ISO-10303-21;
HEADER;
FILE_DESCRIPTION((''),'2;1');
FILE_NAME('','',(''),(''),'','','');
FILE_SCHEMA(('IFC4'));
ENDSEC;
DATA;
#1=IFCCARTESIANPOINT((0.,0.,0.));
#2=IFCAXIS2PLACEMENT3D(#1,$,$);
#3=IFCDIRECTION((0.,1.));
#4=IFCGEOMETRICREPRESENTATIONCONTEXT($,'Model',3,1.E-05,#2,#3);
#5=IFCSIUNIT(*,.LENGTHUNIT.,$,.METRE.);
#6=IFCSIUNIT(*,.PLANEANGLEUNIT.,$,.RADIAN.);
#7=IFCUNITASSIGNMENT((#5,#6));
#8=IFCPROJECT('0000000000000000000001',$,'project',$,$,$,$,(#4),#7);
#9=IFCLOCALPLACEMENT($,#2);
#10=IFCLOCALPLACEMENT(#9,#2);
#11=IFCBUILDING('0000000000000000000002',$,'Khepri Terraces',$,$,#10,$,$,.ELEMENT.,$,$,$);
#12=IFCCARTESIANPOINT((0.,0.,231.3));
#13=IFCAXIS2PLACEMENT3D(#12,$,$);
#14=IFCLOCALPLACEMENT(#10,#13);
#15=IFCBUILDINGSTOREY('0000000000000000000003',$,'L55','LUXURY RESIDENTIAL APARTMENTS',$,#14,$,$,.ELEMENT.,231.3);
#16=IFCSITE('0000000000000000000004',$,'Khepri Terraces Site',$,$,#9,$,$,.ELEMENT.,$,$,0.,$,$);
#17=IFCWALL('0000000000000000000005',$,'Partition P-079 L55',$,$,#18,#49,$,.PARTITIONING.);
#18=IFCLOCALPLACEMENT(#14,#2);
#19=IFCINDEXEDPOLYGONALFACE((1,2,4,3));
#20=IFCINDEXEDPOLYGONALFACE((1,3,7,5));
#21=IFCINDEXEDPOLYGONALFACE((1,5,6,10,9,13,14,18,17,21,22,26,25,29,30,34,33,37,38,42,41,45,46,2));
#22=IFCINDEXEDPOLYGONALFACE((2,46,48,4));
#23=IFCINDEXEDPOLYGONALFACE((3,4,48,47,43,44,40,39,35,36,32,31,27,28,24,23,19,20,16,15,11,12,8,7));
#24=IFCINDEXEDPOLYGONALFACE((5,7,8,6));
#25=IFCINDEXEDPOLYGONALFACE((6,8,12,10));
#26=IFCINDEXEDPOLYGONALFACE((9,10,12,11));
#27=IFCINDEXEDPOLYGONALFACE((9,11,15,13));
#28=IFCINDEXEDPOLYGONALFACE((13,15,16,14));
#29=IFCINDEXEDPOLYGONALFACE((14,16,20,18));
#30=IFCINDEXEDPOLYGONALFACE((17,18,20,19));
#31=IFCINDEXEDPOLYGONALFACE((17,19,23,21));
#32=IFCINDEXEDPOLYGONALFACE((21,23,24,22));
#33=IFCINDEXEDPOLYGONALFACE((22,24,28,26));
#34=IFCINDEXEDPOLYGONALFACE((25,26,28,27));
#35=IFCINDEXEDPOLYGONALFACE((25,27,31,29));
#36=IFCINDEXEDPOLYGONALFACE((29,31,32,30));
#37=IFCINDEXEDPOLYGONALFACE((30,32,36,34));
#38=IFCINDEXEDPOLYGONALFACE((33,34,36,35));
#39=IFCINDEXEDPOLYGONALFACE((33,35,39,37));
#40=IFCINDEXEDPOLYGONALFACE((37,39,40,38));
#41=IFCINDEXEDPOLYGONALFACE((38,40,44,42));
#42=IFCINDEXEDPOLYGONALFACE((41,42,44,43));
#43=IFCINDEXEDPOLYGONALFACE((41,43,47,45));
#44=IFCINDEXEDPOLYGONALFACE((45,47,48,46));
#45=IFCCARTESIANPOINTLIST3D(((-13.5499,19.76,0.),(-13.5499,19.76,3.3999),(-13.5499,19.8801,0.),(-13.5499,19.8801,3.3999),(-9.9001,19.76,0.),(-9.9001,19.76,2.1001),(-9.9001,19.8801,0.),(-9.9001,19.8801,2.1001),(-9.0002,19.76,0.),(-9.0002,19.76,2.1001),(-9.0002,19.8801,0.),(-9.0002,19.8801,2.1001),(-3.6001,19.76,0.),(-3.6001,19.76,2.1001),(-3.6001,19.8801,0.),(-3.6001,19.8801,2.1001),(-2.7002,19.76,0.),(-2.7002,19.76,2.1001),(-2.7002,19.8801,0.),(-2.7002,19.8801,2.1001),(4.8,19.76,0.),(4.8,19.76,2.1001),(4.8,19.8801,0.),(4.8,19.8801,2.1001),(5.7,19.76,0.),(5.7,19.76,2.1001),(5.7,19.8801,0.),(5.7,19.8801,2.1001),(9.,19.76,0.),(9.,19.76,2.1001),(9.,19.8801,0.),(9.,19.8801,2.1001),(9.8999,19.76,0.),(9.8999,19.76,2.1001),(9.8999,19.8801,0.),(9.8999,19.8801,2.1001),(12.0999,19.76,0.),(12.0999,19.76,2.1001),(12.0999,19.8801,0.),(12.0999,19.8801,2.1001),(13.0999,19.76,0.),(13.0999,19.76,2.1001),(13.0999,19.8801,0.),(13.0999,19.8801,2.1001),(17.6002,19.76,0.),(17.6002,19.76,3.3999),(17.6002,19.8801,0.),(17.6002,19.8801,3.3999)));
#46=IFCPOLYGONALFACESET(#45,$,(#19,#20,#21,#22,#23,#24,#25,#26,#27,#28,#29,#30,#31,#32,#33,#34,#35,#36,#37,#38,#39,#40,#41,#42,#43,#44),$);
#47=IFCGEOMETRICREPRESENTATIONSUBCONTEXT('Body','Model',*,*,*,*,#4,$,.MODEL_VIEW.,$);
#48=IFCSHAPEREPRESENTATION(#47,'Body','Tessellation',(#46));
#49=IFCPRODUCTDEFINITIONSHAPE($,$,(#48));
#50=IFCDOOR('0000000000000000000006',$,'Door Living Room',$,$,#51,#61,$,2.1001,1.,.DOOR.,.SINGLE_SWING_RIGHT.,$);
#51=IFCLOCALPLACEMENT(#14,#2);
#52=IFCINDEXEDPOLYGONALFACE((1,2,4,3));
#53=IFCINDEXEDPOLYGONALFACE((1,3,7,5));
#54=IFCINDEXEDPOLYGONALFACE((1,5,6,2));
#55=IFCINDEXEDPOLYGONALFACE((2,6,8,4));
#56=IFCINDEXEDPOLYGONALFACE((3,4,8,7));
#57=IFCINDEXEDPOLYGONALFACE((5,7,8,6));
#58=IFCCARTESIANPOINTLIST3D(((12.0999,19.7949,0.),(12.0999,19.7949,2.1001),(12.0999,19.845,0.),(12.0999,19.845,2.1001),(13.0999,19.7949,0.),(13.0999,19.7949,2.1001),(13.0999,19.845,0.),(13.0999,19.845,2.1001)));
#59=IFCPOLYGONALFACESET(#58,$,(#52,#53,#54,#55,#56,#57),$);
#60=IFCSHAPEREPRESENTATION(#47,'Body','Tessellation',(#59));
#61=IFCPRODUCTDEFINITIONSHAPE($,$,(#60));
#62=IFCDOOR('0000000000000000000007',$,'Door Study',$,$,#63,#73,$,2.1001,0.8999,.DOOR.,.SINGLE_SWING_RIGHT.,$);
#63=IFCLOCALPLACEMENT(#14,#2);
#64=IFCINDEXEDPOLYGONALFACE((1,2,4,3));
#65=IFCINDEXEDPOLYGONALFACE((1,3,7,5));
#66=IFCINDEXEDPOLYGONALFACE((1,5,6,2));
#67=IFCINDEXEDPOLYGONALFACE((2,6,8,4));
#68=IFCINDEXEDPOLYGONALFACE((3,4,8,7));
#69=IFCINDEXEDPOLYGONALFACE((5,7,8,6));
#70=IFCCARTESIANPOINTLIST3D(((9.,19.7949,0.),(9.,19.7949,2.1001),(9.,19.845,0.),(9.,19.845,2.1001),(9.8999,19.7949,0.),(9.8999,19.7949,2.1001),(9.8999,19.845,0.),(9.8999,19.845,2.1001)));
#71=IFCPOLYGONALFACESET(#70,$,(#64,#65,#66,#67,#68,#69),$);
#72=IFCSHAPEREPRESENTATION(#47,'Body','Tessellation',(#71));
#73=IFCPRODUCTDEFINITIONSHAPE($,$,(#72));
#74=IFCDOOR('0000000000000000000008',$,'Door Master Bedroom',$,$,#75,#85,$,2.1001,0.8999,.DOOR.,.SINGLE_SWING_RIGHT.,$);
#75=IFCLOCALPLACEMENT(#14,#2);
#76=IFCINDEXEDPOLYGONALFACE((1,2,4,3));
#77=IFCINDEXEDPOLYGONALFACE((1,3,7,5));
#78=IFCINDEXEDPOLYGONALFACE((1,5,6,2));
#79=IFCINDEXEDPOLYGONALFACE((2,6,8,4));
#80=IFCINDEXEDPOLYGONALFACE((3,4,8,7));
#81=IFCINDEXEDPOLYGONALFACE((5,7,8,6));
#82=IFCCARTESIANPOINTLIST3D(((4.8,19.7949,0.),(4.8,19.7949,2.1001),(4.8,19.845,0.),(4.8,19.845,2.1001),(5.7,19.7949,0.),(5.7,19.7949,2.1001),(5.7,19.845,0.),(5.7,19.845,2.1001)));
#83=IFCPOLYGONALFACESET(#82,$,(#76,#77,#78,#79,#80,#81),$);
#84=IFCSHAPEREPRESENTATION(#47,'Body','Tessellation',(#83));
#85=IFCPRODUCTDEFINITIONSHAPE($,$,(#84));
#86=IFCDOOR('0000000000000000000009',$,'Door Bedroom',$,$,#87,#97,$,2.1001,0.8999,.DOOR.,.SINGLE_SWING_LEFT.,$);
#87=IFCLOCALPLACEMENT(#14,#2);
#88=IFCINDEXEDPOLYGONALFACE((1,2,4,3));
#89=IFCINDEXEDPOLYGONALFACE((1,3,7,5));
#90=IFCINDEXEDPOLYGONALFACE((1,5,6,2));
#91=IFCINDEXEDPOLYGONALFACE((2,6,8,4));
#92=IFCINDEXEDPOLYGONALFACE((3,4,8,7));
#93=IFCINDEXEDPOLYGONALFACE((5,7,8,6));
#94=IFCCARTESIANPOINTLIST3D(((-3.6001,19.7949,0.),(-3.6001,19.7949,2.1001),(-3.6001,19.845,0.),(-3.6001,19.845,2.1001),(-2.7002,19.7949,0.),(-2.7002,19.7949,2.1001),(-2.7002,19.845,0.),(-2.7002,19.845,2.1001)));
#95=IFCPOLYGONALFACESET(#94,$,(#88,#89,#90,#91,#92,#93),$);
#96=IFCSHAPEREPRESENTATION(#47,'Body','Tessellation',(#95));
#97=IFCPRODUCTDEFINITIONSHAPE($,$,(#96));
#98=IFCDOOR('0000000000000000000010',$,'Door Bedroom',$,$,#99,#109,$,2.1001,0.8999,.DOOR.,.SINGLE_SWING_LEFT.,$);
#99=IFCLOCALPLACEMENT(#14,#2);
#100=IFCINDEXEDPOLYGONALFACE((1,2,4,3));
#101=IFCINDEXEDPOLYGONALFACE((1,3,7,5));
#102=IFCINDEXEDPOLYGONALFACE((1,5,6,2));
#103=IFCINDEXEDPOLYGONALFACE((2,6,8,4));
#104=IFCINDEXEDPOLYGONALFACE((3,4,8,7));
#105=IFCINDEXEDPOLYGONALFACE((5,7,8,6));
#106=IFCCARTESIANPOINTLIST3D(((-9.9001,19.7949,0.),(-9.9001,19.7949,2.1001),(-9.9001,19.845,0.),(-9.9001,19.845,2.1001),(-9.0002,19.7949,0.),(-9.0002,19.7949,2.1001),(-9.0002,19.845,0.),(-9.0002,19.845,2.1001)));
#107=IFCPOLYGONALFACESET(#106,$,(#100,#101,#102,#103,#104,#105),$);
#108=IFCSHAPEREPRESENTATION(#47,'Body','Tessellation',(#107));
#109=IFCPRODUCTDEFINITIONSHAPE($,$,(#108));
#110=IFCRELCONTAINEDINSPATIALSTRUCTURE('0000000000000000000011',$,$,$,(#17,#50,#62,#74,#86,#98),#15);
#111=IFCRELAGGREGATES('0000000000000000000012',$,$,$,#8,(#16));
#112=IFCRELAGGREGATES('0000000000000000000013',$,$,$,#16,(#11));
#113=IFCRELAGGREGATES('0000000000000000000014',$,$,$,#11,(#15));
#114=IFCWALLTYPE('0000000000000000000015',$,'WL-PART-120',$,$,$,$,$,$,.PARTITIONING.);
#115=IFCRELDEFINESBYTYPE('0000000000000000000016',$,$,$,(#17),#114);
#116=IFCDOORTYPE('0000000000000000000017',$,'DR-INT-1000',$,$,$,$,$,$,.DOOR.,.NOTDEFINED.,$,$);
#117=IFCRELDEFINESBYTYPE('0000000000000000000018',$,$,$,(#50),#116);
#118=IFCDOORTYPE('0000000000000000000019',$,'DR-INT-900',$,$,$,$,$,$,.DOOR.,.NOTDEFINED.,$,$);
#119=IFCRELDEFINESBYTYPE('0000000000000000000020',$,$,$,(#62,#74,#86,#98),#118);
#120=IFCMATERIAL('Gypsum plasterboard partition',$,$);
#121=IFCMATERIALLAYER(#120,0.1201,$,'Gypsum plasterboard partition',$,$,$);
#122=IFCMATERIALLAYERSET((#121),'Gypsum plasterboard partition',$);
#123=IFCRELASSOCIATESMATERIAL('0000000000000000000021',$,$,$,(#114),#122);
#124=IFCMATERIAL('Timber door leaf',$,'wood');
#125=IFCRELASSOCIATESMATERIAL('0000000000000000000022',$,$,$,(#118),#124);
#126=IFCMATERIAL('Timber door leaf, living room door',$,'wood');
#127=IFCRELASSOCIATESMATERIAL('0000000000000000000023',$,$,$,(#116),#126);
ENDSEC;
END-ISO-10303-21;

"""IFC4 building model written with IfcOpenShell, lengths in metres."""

from ifc_helpers import new_model, si_unit, direction, frame, frame_2d, origin, place, context, subcontext, project, spatial, rectangle, extrude, material, layer, layer_set, type_object, element, fill, save


model = new_model("IFC4")

# Units and contexts
model_context = context("Model", 3, precision=1e-05, world=origin(), true_north=direction((0.0, 1.0)))
body_context = subcontext(model_context, "Body", "Model", "MODEL_VIEW")
ifc_project = project(units=[si_unit("LENGTHUNIT", "METRE"), si_unit("PLANEANGLEUNIT", "RADIAN")], contexts=[model_context])

# Site, building, storey
site_placement = place(None, origin())
site = spatial("IfcSite", under=ifc_project, at=site_placement, Name="Khepri Terraces Site", CompositionType="ELEMENT", RefElevation=0.0)
building_placement = place(site_placement, origin())
building = spatial("IfcBuilding", under=site, at=building_placement, Name="Khepri Terraces", CompositionType="ELEMENT")
storey_placement = place(building_placement, frame((0.0, 0.0, 231.3)))
storey = spatial("IfcBuildingStorey", under=building, at=storey_placement, Name="L55", Description="LUXURY RESIDENTIAL APARTMENTS", CompositionType="ELEMENT", Elevation=231.3)

# Shared definitions
ifc_material_1 = material(Name="Gypsum plasterboard partition")
ifc_layer_1 = layer(ifc_material_1, 0.1201, Name="Gypsum plasterboard partition")
ifc_layer_set_1 = layer_set([ifc_layer_1], Name="Gypsum plasterboard partition")
wall_type_1 = type_object("IfcWallType", Name="WL-PART-120", PredefinedType="PARTITIONING", material=ifc_layer_set_1)

# Wall, openings, doors
ifc_material_2 = material(Name="Timber door leaf", Category="wood")
door_type_1 = type_object("IfcDoorType", Name="DR-INT-900", OperationType="NOTDEFINED", PredefinedType="DOOR", material=ifc_material_2)
wall_1_placement = place(storey_placement, frame((-13.55, 19.8201, 0.0), z_axis=(0.0, 0.0, 1.0), x_axis=(1.0, 0.0, 0.0)))
wall_1 = element("IfcWall", 1, at=wall_1_placement, inside=storey, type_object=wall_type_1, Name="Partition P-079 L55", PredefinedType="PARTITIONING", context=body_context, shape_type="SweptSolid", body=[
    extrude(rectangle(XDim=31.1501, YDim=0.1201, at=frame_2d((15.5752, 0.0))), origin(), (0.0, 0.0, 1.0), 3.3999),
])
opening_1_placement = place(wall_1_placement, frame((25.6499, 0.0, 0.0)))
opening_1 = element("IfcOpeningElement", 2, at=opening_1_placement, cuts=wall_1, PredefinedType="OPENING", context=body_context, shape_type="SweptSolid", body=[
    extrude(rectangle(XDim=1.0, YDim=2.1001, at=frame_2d((0.5, 1.05))), frame((0.0, 0.0701, 0.0), z_axis=(0.0, -1.0, 0.0), x_axis=(1.0, 0.0, 0.0)), (0.0, 0.0, 1.0), 0.1401),
])
opening_2_placement = place(wall_1_placement, frame((22.55, 0.0, 0.0)))
opening_2 = element("IfcOpeningElement", 3, at=opening_2_placement, cuts=wall_1, PredefinedType="OPENING", context=body_context, shape_type="SweptSolid", body=[
    extrude(rectangle(XDim=0.8999, YDim=2.1001, at=frame_2d((0.45, 1.05))), frame((0.0, 0.0701, 0.0), z_axis=(0.0, -1.0, 0.0), x_axis=(1.0, 0.0, 0.0)), (0.0, 0.0, 1.0), 0.1401),
])
opening_3_placement = place(wall_1_placement, frame((18.3501, 0.0, 0.0)))
opening_3 = element("IfcOpeningElement", 4, at=opening_3_placement, cuts=wall_1, PredefinedType="OPENING", context=body_context, shape_type="SweptSolid", body=[
    extrude(rectangle(XDim=0.8999, YDim=2.1001, at=frame_2d((0.45, 1.05))), frame((0.0, 0.0701, 0.0), z_axis=(0.0, -1.0, 0.0), x_axis=(1.0, 0.0, 0.0)), (0.0, 0.0, 1.0), 0.1401),
])
opening_4_placement = place(wall_1_placement, frame((9.95, 0.0, 0.0)))
opening_4 = element("IfcOpeningElement", 5, at=opening_4_placement, cuts=wall_1, PredefinedType="OPENING", context=body_context, shape_type="SweptSolid", body=[
    extrude(rectangle(XDim=0.8999, YDim=2.1001, at=frame_2d((0.45, 1.05))), frame((0.0, 0.0701, 0.0), z_axis=(0.0, -1.0, 0.0), x_axis=(1.0, 0.0, 0.0)), (0.0, 0.0, 1.0), 0.1401),
])
opening_5_placement = place(wall_1_placement, frame((3.6499, 0.0, 0.0)))
opening_5 = element("IfcOpeningElement", 6, at=opening_5_placement, cuts=wall_1, PredefinedType="OPENING", context=body_context, shape_type="SweptSolid", body=[
    extrude(rectangle(XDim=0.8999, YDim=2.1001, at=frame_2d((0.45, 1.05))), frame((0.0, 0.0701, 0.0), z_axis=(0.0, -1.0, 0.0), x_axis=(1.0, 0.0, 0.0)), (0.0, 0.0, 1.0), 0.1401),
])
ifc_material_3 = material(Name="Timber door leaf, living room door", Category="wood")
door_type_2 = type_object("IfcDoorType", Name="DR-INT-1000", OperationType="NOTDEFINED", PredefinedType="DOOR", material=ifc_material_3)
door_1_placement = place(opening_1_placement, origin())
door_1 = element("IfcDoor", 7, at=door_1_placement, inside=storey, type_object=door_type_2, Name="Door Living Room", OperationType="SINGLE_SWING_RIGHT", OverallHeight=2.1001, OverallWidth=1.0, PredefinedType="DOOR", context=body_context, shape_type="SweptSolid", body=[
    extrude(rectangle(XDim=1.0, YDim=2.1001, at=frame_2d((0.5, 1.05))), frame((0.0, 0.0249, 0.0), z_axis=(0.0, -1.0, 0.0), x_axis=(1.0, 0.0, 0.0)), (0.0, 0.0, 1.0), 0.05),
])
fill(opening_1, door_1)
door_2_placement = place(opening_2_placement, origin())
door_2 = element("IfcDoor", 8, at=door_2_placement, inside=storey, type_object=door_type_1, Name="Door Study", OperationType="SINGLE_SWING_RIGHT", OverallHeight=2.1001, OverallWidth=0.8999, PredefinedType="DOOR", context=body_context, shape_type="SweptSolid", body=[
    extrude(rectangle(XDim=0.8999, YDim=2.1001, at=frame_2d((0.45, 1.05))), frame((0.0, 0.0249, 0.0), z_axis=(0.0, -1.0, 0.0), x_axis=(1.0, 0.0, 0.0)), (0.0, 0.0, 1.0), 0.05),
])
fill(opening_2, door_2)
door_3_placement = place(opening_3_placement, origin())
door_3 = element("IfcDoor", 9, at=door_3_placement, inside=storey, type_object=door_type_1, Name="Door Master Bedroom", OperationType="SINGLE_SWING_RIGHT", OverallHeight=2.1001, OverallWidth=0.8999, PredefinedType="DOOR", context=body_context, shape_type="SweptSolid", body=[
    extrude(rectangle(XDim=0.8999, YDim=2.1001, at=frame_2d((0.45, 1.05))), frame((0.0, 0.0249, 0.0), z_axis=(0.0, -1.0, 0.0), x_axis=(1.0, 0.0, 0.0)), (0.0, 0.0, 1.0), 0.05),
])
fill(opening_3, door_3)
door_4_placement = place(opening_4_placement, origin())
door_4 = element("IfcDoor", 10, at=door_4_placement, inside=storey, type_object=door_type_1, Name="Door Bedroom", OperationType="SINGLE_SWING_LEFT", OverallHeight=2.1001, OverallWidth=0.8999, PredefinedType="DOOR", context=body_context, shape_type="SweptSolid", body=[
    extrude(rectangle(XDim=0.8999, YDim=2.1001, at=frame_2d((0.45, 1.05))), frame((0.0, 0.0249, 0.0), z_axis=(0.0, -1.0, 0.0), x_axis=(1.0, 0.0, 0.0)), (0.0, 0.0, 1.0), 0.05),
])
fill(opening_4, door_4)
door_5_placement = place(opening_5_placement, origin())
door_5 = element("IfcDoor", 11, at=door_5_placement, inside=storey, type_object=door_type_1, Name="Door Bedroom", OperationType="SINGLE_SWING_LEFT", OverallHeight=2.1001, OverallWidth=0.8999, PredefinedType="DOOR", context=body_context, shape_type="SweptSolid", body=[
    extrude(rectangle(XDim=0.8999, YDim=2.1001, at=frame_2d((0.45, 1.05))), frame((0.0, 0.0249, 0.0), z_axis=(0.0, -1.0, 0.0), x_axis=(1.0, 0.0, 0.0)), (0.0, 0.0, 1.0), 0.05),
])
fill(opening_5, door_5)

save(model, "model.ifc")
